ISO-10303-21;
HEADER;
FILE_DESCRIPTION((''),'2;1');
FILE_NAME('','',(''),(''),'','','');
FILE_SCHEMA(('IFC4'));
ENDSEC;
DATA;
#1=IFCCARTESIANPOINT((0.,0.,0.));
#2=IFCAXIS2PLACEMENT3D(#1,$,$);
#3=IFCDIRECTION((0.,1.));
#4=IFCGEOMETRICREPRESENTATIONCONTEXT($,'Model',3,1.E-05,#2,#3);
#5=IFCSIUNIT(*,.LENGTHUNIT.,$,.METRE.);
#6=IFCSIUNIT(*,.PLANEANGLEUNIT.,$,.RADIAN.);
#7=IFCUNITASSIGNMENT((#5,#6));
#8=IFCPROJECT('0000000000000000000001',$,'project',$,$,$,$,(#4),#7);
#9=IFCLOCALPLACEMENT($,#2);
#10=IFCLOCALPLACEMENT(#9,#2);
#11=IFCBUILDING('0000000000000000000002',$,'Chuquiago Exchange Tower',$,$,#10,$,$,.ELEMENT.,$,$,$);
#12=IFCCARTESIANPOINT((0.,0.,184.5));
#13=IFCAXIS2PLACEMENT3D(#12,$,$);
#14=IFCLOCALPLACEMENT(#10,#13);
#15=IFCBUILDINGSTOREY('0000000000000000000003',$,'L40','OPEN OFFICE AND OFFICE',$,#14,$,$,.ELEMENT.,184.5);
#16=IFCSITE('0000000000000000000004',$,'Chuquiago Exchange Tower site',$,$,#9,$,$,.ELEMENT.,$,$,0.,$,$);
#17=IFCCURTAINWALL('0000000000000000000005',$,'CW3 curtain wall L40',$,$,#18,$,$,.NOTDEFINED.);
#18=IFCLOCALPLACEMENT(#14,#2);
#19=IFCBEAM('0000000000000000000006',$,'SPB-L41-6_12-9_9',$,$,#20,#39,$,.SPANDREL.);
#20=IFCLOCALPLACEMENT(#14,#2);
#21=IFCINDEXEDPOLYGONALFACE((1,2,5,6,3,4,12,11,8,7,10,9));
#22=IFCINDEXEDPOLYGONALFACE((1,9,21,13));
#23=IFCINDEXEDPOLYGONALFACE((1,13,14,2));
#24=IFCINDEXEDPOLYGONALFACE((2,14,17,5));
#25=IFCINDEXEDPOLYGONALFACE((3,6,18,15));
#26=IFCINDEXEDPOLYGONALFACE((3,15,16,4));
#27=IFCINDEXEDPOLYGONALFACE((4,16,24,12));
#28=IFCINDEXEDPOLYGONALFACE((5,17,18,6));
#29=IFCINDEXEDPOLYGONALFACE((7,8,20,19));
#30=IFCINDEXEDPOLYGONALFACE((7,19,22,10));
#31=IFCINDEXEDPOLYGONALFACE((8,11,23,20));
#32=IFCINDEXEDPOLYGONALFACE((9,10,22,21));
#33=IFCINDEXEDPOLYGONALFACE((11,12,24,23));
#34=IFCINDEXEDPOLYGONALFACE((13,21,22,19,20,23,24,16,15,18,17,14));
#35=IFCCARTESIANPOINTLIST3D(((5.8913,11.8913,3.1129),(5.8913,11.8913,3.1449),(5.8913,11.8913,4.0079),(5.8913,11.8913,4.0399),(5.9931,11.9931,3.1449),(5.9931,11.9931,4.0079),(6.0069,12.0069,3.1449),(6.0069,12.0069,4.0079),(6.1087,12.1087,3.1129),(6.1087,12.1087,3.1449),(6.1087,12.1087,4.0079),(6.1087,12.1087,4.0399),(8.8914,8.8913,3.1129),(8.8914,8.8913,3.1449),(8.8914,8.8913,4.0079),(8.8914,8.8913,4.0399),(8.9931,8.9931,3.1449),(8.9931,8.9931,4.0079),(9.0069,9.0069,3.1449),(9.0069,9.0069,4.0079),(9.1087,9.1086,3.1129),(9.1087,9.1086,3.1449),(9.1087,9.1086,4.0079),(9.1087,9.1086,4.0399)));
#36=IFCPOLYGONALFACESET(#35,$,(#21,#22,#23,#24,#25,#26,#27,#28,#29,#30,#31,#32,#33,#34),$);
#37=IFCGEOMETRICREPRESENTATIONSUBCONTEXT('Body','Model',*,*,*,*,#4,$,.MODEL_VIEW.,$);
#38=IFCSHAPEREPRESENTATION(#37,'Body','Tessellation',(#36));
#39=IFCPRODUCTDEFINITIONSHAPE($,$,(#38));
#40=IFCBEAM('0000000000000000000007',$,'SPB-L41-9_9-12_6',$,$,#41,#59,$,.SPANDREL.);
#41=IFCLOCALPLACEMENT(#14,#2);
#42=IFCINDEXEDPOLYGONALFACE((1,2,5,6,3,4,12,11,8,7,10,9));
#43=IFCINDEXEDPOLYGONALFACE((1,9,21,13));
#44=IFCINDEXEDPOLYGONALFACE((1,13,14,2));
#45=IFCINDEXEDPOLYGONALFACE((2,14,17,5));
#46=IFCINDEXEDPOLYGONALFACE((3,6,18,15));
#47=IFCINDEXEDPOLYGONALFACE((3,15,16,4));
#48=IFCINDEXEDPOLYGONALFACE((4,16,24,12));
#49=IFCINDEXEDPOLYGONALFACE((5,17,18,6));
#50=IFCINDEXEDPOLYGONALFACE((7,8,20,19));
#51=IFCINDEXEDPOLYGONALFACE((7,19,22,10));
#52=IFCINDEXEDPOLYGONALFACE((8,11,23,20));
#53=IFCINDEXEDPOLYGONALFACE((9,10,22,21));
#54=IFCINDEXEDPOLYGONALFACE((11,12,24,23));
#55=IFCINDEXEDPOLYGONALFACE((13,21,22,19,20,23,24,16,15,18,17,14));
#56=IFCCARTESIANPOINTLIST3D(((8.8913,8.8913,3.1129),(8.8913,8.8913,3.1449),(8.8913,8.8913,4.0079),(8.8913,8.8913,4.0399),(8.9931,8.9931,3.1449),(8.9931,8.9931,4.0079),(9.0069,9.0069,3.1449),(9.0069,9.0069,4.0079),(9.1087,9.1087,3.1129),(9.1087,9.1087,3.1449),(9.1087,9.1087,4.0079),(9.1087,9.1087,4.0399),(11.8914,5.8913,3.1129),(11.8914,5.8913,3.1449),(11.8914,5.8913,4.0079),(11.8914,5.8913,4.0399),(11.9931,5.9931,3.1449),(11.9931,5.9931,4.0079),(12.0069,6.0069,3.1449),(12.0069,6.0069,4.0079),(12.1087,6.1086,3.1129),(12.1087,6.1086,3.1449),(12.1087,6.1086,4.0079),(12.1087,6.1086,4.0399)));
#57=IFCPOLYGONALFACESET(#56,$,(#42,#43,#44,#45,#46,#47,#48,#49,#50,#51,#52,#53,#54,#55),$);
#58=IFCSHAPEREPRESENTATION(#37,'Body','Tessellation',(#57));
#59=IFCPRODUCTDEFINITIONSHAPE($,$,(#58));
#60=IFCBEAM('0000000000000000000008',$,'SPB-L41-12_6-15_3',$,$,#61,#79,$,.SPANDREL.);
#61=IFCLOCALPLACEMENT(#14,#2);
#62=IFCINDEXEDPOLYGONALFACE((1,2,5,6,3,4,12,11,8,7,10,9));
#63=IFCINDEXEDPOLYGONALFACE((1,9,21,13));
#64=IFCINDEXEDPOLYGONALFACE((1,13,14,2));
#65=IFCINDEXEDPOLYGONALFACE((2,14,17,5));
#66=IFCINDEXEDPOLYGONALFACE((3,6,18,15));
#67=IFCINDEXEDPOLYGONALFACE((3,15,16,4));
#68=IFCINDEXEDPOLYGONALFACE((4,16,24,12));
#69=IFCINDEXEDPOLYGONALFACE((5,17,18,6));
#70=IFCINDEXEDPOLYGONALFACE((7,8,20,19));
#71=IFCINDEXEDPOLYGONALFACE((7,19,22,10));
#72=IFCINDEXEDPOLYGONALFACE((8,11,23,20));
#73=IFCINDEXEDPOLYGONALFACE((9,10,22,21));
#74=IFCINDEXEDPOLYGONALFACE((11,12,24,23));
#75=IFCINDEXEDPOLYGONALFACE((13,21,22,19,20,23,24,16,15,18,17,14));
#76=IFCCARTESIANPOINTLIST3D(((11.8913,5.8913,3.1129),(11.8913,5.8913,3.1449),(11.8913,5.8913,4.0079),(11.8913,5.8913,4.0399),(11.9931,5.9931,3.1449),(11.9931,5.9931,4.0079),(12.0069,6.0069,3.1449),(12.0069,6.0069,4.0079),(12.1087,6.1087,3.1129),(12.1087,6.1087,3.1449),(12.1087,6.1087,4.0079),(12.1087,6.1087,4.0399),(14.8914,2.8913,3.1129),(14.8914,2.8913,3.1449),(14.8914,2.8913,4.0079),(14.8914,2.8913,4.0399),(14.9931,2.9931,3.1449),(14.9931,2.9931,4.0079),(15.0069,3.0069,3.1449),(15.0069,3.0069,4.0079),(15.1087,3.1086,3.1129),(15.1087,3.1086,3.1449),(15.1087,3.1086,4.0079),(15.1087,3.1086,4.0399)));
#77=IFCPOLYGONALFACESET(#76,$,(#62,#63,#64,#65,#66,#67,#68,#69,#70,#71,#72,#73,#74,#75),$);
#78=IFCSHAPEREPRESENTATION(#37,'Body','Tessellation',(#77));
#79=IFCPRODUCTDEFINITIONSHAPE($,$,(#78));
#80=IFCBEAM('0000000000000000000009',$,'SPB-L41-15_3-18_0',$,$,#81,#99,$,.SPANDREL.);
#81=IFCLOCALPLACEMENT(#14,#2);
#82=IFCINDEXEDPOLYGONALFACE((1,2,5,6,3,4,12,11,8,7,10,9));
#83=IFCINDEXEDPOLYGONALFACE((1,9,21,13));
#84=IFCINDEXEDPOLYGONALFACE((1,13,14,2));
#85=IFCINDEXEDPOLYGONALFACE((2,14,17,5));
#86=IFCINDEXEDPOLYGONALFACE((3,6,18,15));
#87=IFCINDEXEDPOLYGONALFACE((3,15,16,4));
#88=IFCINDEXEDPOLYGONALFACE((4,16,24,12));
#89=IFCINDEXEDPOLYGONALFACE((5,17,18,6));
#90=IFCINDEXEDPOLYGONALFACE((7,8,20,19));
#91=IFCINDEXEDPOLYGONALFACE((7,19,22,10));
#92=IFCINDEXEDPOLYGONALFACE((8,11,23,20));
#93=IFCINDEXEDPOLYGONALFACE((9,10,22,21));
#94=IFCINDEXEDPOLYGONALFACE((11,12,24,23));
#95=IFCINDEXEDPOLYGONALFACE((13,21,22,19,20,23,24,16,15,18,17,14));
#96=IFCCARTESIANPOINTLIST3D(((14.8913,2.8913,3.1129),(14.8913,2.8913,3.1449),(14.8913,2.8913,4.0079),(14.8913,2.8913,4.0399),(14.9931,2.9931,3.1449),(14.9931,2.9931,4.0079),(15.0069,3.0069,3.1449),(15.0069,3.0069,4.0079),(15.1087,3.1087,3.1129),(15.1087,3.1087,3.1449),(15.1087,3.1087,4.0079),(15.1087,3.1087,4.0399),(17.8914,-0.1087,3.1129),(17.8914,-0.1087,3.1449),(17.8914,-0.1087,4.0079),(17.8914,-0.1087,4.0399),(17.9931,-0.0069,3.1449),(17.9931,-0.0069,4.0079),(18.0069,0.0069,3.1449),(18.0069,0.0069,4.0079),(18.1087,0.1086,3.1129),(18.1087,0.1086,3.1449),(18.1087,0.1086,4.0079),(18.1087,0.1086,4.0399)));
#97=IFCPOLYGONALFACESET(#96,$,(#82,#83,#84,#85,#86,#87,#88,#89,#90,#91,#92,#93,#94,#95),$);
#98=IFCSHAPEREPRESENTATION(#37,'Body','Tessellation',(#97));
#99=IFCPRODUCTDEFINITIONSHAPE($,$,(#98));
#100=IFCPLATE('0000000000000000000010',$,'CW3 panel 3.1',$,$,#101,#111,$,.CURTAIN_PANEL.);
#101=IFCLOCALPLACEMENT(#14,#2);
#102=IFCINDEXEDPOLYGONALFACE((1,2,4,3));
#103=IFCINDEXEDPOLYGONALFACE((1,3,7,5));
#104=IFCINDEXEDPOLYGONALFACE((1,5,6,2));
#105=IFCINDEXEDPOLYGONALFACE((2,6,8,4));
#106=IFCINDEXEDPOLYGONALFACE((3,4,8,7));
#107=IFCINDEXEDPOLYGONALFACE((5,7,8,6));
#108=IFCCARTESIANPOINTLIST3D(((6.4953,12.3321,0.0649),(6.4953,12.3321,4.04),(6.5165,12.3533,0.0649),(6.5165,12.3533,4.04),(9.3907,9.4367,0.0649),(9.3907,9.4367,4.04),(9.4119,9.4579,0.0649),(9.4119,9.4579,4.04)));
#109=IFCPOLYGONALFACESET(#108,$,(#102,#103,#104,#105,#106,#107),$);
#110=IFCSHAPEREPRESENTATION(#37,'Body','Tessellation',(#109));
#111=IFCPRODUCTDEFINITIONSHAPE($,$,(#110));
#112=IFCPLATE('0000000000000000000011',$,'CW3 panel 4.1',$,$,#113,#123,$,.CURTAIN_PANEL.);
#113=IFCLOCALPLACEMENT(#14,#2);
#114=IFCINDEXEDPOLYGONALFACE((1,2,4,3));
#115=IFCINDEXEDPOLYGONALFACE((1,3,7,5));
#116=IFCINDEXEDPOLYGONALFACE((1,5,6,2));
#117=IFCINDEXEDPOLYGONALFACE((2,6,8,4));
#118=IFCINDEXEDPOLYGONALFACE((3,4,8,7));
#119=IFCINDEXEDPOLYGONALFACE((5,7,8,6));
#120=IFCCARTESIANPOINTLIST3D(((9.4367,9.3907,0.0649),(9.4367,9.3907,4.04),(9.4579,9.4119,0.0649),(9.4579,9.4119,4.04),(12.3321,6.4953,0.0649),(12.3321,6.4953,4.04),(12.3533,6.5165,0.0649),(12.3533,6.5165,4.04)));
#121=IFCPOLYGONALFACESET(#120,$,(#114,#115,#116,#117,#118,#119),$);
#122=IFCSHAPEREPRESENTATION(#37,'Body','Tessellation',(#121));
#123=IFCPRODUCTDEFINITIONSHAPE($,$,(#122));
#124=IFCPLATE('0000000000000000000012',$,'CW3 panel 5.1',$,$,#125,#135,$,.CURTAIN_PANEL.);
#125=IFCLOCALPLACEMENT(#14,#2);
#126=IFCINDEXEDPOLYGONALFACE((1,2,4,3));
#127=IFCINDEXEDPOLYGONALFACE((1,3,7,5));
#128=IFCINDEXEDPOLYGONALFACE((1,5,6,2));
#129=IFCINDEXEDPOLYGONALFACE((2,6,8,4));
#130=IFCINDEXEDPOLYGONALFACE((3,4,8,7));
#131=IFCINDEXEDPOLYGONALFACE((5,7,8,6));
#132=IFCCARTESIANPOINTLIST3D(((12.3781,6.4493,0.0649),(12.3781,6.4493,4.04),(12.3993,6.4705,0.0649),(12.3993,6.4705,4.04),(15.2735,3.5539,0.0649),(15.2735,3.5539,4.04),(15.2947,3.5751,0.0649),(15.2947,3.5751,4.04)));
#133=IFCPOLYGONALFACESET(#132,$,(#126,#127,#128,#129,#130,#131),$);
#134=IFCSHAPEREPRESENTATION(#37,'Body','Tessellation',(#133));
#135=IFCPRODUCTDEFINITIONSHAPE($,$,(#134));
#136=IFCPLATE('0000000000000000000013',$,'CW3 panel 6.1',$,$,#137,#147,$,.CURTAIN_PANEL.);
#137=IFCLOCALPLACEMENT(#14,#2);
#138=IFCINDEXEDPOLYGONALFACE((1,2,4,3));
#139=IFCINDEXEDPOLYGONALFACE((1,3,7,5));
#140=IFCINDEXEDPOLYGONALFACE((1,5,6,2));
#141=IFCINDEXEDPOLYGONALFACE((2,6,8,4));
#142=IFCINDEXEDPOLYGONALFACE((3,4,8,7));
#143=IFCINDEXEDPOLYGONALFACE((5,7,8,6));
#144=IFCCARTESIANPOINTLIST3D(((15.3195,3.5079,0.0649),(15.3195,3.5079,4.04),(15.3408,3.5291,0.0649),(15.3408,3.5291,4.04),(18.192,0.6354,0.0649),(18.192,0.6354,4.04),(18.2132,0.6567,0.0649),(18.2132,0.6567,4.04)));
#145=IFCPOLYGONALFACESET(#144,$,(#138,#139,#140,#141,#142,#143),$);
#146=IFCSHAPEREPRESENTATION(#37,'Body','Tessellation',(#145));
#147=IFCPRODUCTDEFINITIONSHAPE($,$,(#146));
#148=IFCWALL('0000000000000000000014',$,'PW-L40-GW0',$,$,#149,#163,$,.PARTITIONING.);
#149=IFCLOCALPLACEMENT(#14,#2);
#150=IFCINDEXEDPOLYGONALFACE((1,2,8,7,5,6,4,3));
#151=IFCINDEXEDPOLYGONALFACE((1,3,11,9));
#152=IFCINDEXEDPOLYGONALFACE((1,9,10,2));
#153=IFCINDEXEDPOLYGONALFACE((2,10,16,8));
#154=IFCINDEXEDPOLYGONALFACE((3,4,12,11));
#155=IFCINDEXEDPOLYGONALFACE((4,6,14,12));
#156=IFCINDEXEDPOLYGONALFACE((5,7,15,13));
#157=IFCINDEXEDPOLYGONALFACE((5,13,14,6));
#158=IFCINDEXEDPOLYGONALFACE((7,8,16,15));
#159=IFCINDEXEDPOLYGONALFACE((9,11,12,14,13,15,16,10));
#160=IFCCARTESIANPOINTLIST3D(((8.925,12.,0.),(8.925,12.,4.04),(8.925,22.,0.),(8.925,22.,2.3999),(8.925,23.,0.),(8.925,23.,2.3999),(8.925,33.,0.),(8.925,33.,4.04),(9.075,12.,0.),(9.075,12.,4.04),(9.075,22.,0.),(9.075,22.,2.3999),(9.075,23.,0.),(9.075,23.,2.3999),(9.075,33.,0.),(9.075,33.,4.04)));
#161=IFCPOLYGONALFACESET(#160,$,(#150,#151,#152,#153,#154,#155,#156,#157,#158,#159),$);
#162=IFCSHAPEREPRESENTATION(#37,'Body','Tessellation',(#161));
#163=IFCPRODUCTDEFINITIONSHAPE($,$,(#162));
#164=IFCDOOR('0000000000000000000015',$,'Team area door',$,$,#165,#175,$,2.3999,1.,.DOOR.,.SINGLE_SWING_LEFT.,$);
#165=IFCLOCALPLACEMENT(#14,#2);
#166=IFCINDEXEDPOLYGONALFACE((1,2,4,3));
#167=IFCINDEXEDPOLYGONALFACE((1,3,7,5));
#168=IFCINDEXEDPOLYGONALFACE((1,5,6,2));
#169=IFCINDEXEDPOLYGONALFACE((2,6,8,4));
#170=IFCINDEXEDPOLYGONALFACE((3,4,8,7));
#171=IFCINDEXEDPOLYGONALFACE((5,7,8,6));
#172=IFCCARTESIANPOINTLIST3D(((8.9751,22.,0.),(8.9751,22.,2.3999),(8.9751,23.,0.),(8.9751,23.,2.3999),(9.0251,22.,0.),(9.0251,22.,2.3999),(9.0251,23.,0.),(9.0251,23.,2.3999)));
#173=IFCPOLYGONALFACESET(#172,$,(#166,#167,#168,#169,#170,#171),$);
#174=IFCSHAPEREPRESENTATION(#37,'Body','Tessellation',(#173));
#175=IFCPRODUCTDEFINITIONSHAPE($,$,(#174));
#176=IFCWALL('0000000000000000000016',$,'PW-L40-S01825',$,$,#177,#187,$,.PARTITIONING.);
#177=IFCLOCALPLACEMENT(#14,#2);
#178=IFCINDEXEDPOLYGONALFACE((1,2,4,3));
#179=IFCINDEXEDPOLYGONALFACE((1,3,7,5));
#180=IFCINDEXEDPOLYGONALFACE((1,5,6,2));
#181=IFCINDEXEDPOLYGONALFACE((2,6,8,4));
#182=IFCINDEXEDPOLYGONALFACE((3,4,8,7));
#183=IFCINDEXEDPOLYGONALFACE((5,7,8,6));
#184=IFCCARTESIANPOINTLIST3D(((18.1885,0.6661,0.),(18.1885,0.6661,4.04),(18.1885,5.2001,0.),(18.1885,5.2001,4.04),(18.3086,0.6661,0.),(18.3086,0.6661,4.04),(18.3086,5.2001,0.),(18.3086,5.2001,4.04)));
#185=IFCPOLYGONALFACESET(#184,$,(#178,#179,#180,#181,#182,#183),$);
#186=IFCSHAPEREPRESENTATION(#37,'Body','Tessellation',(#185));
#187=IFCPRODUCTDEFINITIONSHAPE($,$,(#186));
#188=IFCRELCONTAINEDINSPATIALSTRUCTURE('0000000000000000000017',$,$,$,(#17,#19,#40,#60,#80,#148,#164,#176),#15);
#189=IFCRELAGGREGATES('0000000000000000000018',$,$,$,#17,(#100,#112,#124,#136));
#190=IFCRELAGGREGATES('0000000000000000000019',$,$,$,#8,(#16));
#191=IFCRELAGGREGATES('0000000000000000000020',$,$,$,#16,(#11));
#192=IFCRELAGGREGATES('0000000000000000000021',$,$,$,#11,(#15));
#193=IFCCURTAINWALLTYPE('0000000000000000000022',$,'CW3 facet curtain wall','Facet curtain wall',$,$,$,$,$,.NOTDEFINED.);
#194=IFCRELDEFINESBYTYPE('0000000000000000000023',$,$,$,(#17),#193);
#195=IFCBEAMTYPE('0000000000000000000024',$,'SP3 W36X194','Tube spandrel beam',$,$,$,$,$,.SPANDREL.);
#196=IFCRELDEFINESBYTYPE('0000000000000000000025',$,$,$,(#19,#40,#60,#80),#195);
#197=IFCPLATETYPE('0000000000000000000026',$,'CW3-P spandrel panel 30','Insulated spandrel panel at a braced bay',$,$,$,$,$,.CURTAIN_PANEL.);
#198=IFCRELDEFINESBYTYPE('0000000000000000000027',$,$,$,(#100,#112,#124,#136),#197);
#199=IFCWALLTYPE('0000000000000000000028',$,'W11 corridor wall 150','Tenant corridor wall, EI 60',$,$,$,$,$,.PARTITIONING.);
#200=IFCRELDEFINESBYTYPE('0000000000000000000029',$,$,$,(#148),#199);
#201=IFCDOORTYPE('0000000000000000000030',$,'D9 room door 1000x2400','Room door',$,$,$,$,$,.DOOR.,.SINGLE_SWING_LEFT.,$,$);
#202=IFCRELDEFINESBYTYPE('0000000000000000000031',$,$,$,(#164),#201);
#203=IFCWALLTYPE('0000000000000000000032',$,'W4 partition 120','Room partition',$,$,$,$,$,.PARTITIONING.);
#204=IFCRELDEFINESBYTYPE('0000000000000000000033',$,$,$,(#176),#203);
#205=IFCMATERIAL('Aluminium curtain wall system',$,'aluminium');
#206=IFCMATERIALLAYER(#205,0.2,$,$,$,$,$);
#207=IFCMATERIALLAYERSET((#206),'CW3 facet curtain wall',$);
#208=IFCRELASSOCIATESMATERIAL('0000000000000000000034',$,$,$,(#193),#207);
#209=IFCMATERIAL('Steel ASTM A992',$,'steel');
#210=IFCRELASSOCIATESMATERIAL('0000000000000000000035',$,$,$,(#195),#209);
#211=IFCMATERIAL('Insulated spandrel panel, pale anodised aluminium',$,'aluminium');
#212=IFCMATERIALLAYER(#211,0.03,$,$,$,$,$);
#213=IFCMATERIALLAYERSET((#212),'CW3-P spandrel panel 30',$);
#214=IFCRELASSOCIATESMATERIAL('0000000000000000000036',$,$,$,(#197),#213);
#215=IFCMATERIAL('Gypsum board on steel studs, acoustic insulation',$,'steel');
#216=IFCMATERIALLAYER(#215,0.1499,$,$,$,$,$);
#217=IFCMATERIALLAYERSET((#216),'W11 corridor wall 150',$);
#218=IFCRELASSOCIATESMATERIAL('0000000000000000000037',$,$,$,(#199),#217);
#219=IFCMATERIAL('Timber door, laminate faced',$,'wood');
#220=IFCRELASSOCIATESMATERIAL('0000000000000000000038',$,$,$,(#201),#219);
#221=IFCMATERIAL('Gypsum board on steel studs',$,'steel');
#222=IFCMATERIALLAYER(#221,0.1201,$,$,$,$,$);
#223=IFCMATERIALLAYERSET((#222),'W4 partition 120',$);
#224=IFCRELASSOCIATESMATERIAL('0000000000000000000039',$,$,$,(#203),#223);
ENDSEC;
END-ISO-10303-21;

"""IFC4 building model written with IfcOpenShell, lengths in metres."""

from ifc_helpers import new_model, si_unit, direction, frame, frame_2d, origin, origin_2d, place, context, subcontext, project, spatial, rectangle, i_section, extrude, material, layer, layer_set, material_profile, profile_set, type_object, element, fill, aggregate, save


model = new_model("IFC4")

# Units and contexts
model_context = context("Model", 3, precision=1e-05, world=origin(), true_north=direction((0.0, 1.0)))
body_context = subcontext(model_context, "Body", "Model", "MODEL_VIEW")
ifc_project = project(units=[si_unit("LENGTHUNIT", "METRE"), si_unit("PLANEANGLEUNIT", "RADIAN")], contexts=[model_context])

# Site, building, storey
site_placement = place(None, origin())
site = spatial("IfcSite", under=ifc_project, at=site_placement, Name="Chuquiago Exchange Tower site", CompositionType="ELEMENT", RefElevation=0.0)
building_placement = place(site_placement, origin())
building = spatial("IfcBuilding", under=site, at=building_placement, Name="Chuquiago Exchange Tower", CompositionType="ELEMENT")
storey_placement = place(building_placement, frame((0.0, 0.0, 184.5)))
storey = spatial("IfcBuildingStorey", under=building, at=storey_placement, Name="L40", Description="OPEN OFFICE AND OFFICE", CompositionType="ELEMENT", Elevation=184.5)

# Curtain wall
ifc_material_1 = material(Name="Aluminium curtain wall system", Category="aluminium")
ifc_layer_1 = layer(ifc_material_1, 0.2)
ifc_layer_set_1 = layer_set([ifc_layer_1], Name="CW3 facet curtain wall")
curtain_wall_type = type_object("IfcCurtainWallType", Name="CW3 facet curtain wall", Description="Facet curtain wall", PredefinedType="NOTDEFINED", material=ifc_layer_set_1)
curtain_wall_placement = place(storey_placement, origin())
curtain_wall = element("IfcCurtainWall", 1, at=curtain_wall_placement, inside=storey, type_object=curtain_wall_type, Name="CW3 curtain wall L40", PredefinedType="NOTDEFINED")

# Beams
ifc_material_2 = material(Name="Steel ASTM A992", Category="steel")
ifc_material_profile_1 = material_profile(ifc_material_2, i_section(OverallWidth=0.3074, OverallDepth=0.927, WebThickness=0.0195, FlangeThickness=0.032, at=origin_2d()), Name="W36X194")
ifc_profile_set_1 = profile_set([ifc_material_profile_1], Name="Steel ASTM A992")
beam_type_1 = type_object("IfcBeamType", Name="SP3 W36X194", Description="Tube spandrel beam", PredefinedType="SPANDREL", material=ifc_profile_set_1)
for number, where, z_axis, x_axis, name in (
    (2, (6.0, 12.0, 3.5764), (0.707107, -0.707107, 0.0), (0.707107, 0.707107, 0.0), "SPB-L41-6_12-9_9"),
    (3, (9.0, 9.0, 3.5764), (0.707107, -0.707107, 0.0), (0.707107, 0.707107, 0.0), "SPB-L41-9_9-12_6"),
    (4, (12.0, 6.0, 3.5764), (0.707107, -0.707107, 0.0), (0.707107, 0.707107, 0.0), "SPB-L41-12_6-15_3"),
    (5, (15.0, 3.0, 3.5764), (0.707107, -0.707107, 0.0), (0.707107, 0.707107, 0.0), "SPB-L41-15_3-18_0"),
):
    element("IfcBeam", number, at=place(storey_placement, frame(where, z_axis=z_axis, x_axis=x_axis)), inside=storey, type_object=beam_type_1, Name=name, PredefinedType="SPANDREL", context=body_context, shape_type="SweptSolid", body=[
        extrude(i_section(OverallWidth=0.3074, OverallDepth=0.927, WebThickness=0.0195, FlangeThickness=0.032, at=origin_2d()), origin(), (0.0, 0.0, 1.0), 4.2427),
    ])

# Plates
ifc_material_3 = material(Name="Insulated spandrel panel, pale anodised aluminium", Category="aluminium")
ifc_layer_2 = layer(ifc_material_3, 0.03)
ifc_layer_set_2 = layer_set([ifc_layer_2], Name="CW3-P spandrel panel 30")
plate_type = type_object("IfcPlateType", Name="CW3-P spandrel panel 30", Description="Insulated spandrel panel at a braced bay", PredefinedType="CURTAIN_PANEL", material=ifc_layer_set_2)
plate_1_placement = place(storey_placement, frame((7.9536, 10.895, 0.0649), z_axis=(0.0, 0.0, 1.0), x_axis=(0.707107, -0.707107, 0.0)))
plate_1 = element("IfcPlate", 6, at=plate_1_placement, type_object=plate_type, Name="CW3 panel 3.1", PredefinedType="CURTAIN_PANEL", context=body_context, shape_type="SweptSolid", body=[
    extrude(rectangle(XDim=4.0947, YDim=0.03, at=origin_2d()), origin(), (0.0, 0.0, 1.0), 3.9751),
])
plate_2_placement = place(storey_placement, frame((10.895, 7.9536, 0.0649), z_axis=(0.0, 0.0, 1.0), x_axis=(0.707107, -0.707107, 0.0)))
plate_2 = element("IfcPlate", 7, at=plate_2_placement, type_object=plate_type, Name="CW3 panel 4.1", PredefinedType="CURTAIN_PANEL", context=body_context, shape_type="SweptSolid", body=[
    extrude(rectangle(XDim=4.0947, YDim=0.03, at=origin_2d()), origin(), (0.0, 0.0, 1.0), 3.9751),
])
plate_3_placement = place(storey_placement, frame((13.8364, 5.0122, 0.0649), z_axis=(0.0, 0.0, 1.0), x_axis=(0.707107, -0.707107, 0.0)))
plate_3 = element("IfcPlate", 8, at=plate_3_placement, type_object=plate_type, Name="CW3 panel 5.1", PredefinedType="CURTAIN_PANEL", context=body_context, shape_type="SweptSolid", body=[
    extrude(rectangle(XDim=4.0947, YDim=0.03, at=origin_2d()), origin(), (0.0, 0.0, 1.0), 3.9751),
])
plate_4_placement = place(storey_placement, frame((16.7664, 2.0823, 0.0649), z_axis=(0.0, 0.0, 1.0), x_axis=(0.707107, -0.707107, 0.0)))
plate_4 = element("IfcPlate", 9, at=plate_4_placement, type_object=plate_type, Name="CW3 panel 6.1", PredefinedType="CURTAIN_PANEL", context=body_context, shape_type="SweptSolid", body=[
    extrude(rectangle(XDim=4.0623, YDim=0.03, at=origin_2d()), origin(), (0.0, 0.0, 1.0), 3.9751),
])
aggregate(curtain_wall, [plate_1, plate_2, plate_3, plate_4])

# Wall, opening, door
ifc_material_4 = material(Name="Gypsum board on steel studs, acoustic insulation", Category="steel")
ifc_layer_3 = layer(ifc_material_4, 0.1499)
ifc_layer_set_3 = layer_set([ifc_layer_3], Name="W11 corridor wall 150")
wall_type_1 = type_object("IfcWallType", Name="W11 corridor wall 150", Description="Tenant corridor wall, EI 60", PredefinedType="PARTITIONING", material=ifc_layer_set_3)
wall_1_placement = place(storey_placement, frame((9.0, 12.0, 0.0), z_axis=(0.0, 0.0, 1.0), x_axis=(0.0, 1.0, 0.0)))
wall_1 = element("IfcWall", 10, at=wall_1_placement, inside=storey, type_object=wall_type_1, Name="PW-L40-GW0", PredefinedType="PARTITIONING", context=body_context, shape_type="SweptSolid", body=[
    extrude(rectangle(XDim=21.0, YDim=0.1499, at=frame_2d((10.5, 0.0))), origin(), (0.0, 0.0, 1.0), 4.04),
])
opening_1_placement = place(wall_1_placement, frame((10.0, 0.0, 0.0)))
opening_1 = element("IfcOpeningElement", 11, at=opening_1_placement, cuts=wall_1, PredefinedType="OPENING", context=body_context, shape_type="SweptSolid", body=[
    extrude(rectangle(XDim=1.0, YDim=2.3999, at=frame_2d((0.5, 1.2))), frame((0.0, 0.085, 0.0), z_axis=(0.0, -1.0, 0.0), x_axis=(1.0, 0.0, 0.0)), (0.0, 0.0, 1.0), 0.1699),
])
ifc_material_5 = material(Name="Timber door, laminate faced", Category="wood")
door_type = type_object("IfcDoorType", Name="D9 room door 1000x2400", Description="Room door", OperationType="SINGLE_SWING_LEFT", PredefinedType="DOOR", material=ifc_material_5)
door_1_placement = place(opening_1_placement, origin())
door_1 = element("IfcDoor", 12, at=door_1_placement, inside=storey, type_object=door_type, Name="Team area door", OperationType="SINGLE_SWING_LEFT", OverallHeight=2.3999, OverallWidth=1.0, PredefinedType="DOOR", context=body_context, shape_type="SweptSolid", body=[
    extrude(rectangle(XDim=1.0, YDim=2.3999, at=frame_2d((0.5, 1.2))), frame((0.0, 0.0249, 0.0), z_axis=(0.0, -1.0, 0.0), x_axis=(1.0, 0.0, 0.0)), (0.0, 0.0, 1.0), 0.05),
])
fill(opening_1, door_1)

# Wall
ifc_material_6 = material(Name="Gypsum board on steel studs", Category="steel")
ifc_layer_4 = layer(ifc_material_6, 0.1201)
ifc_layer_set_4 = layer_set([ifc_layer_4], Name="W4 partition 120")
wall_type_2 = type_object("IfcWallType", Name="W4 partition 120", Description="Room partition", PredefinedType="PARTITIONING", material=ifc_layer_set_4)
wall_2_placement = place(storey_placement, frame((18.2485, 0.666, 0.0), z_axis=(0.0, 0.0, 1.0), x_axis=(0.0, 1.0, 0.0)))
element("IfcWall", 13, at=wall_2_placement, inside=storey, type_object=wall_type_2, Name="PW-L40-S01825", PredefinedType="PARTITIONING", context=body_context, shape_type="SweptSolid", body=[
    extrude(rectangle(XDim=4.5339, YDim=0.1201, at=frame_2d((2.2671, 0.0))), origin(), (0.0, 0.0, 1.0), 4.04),
])

save(model, "model.ifc")
